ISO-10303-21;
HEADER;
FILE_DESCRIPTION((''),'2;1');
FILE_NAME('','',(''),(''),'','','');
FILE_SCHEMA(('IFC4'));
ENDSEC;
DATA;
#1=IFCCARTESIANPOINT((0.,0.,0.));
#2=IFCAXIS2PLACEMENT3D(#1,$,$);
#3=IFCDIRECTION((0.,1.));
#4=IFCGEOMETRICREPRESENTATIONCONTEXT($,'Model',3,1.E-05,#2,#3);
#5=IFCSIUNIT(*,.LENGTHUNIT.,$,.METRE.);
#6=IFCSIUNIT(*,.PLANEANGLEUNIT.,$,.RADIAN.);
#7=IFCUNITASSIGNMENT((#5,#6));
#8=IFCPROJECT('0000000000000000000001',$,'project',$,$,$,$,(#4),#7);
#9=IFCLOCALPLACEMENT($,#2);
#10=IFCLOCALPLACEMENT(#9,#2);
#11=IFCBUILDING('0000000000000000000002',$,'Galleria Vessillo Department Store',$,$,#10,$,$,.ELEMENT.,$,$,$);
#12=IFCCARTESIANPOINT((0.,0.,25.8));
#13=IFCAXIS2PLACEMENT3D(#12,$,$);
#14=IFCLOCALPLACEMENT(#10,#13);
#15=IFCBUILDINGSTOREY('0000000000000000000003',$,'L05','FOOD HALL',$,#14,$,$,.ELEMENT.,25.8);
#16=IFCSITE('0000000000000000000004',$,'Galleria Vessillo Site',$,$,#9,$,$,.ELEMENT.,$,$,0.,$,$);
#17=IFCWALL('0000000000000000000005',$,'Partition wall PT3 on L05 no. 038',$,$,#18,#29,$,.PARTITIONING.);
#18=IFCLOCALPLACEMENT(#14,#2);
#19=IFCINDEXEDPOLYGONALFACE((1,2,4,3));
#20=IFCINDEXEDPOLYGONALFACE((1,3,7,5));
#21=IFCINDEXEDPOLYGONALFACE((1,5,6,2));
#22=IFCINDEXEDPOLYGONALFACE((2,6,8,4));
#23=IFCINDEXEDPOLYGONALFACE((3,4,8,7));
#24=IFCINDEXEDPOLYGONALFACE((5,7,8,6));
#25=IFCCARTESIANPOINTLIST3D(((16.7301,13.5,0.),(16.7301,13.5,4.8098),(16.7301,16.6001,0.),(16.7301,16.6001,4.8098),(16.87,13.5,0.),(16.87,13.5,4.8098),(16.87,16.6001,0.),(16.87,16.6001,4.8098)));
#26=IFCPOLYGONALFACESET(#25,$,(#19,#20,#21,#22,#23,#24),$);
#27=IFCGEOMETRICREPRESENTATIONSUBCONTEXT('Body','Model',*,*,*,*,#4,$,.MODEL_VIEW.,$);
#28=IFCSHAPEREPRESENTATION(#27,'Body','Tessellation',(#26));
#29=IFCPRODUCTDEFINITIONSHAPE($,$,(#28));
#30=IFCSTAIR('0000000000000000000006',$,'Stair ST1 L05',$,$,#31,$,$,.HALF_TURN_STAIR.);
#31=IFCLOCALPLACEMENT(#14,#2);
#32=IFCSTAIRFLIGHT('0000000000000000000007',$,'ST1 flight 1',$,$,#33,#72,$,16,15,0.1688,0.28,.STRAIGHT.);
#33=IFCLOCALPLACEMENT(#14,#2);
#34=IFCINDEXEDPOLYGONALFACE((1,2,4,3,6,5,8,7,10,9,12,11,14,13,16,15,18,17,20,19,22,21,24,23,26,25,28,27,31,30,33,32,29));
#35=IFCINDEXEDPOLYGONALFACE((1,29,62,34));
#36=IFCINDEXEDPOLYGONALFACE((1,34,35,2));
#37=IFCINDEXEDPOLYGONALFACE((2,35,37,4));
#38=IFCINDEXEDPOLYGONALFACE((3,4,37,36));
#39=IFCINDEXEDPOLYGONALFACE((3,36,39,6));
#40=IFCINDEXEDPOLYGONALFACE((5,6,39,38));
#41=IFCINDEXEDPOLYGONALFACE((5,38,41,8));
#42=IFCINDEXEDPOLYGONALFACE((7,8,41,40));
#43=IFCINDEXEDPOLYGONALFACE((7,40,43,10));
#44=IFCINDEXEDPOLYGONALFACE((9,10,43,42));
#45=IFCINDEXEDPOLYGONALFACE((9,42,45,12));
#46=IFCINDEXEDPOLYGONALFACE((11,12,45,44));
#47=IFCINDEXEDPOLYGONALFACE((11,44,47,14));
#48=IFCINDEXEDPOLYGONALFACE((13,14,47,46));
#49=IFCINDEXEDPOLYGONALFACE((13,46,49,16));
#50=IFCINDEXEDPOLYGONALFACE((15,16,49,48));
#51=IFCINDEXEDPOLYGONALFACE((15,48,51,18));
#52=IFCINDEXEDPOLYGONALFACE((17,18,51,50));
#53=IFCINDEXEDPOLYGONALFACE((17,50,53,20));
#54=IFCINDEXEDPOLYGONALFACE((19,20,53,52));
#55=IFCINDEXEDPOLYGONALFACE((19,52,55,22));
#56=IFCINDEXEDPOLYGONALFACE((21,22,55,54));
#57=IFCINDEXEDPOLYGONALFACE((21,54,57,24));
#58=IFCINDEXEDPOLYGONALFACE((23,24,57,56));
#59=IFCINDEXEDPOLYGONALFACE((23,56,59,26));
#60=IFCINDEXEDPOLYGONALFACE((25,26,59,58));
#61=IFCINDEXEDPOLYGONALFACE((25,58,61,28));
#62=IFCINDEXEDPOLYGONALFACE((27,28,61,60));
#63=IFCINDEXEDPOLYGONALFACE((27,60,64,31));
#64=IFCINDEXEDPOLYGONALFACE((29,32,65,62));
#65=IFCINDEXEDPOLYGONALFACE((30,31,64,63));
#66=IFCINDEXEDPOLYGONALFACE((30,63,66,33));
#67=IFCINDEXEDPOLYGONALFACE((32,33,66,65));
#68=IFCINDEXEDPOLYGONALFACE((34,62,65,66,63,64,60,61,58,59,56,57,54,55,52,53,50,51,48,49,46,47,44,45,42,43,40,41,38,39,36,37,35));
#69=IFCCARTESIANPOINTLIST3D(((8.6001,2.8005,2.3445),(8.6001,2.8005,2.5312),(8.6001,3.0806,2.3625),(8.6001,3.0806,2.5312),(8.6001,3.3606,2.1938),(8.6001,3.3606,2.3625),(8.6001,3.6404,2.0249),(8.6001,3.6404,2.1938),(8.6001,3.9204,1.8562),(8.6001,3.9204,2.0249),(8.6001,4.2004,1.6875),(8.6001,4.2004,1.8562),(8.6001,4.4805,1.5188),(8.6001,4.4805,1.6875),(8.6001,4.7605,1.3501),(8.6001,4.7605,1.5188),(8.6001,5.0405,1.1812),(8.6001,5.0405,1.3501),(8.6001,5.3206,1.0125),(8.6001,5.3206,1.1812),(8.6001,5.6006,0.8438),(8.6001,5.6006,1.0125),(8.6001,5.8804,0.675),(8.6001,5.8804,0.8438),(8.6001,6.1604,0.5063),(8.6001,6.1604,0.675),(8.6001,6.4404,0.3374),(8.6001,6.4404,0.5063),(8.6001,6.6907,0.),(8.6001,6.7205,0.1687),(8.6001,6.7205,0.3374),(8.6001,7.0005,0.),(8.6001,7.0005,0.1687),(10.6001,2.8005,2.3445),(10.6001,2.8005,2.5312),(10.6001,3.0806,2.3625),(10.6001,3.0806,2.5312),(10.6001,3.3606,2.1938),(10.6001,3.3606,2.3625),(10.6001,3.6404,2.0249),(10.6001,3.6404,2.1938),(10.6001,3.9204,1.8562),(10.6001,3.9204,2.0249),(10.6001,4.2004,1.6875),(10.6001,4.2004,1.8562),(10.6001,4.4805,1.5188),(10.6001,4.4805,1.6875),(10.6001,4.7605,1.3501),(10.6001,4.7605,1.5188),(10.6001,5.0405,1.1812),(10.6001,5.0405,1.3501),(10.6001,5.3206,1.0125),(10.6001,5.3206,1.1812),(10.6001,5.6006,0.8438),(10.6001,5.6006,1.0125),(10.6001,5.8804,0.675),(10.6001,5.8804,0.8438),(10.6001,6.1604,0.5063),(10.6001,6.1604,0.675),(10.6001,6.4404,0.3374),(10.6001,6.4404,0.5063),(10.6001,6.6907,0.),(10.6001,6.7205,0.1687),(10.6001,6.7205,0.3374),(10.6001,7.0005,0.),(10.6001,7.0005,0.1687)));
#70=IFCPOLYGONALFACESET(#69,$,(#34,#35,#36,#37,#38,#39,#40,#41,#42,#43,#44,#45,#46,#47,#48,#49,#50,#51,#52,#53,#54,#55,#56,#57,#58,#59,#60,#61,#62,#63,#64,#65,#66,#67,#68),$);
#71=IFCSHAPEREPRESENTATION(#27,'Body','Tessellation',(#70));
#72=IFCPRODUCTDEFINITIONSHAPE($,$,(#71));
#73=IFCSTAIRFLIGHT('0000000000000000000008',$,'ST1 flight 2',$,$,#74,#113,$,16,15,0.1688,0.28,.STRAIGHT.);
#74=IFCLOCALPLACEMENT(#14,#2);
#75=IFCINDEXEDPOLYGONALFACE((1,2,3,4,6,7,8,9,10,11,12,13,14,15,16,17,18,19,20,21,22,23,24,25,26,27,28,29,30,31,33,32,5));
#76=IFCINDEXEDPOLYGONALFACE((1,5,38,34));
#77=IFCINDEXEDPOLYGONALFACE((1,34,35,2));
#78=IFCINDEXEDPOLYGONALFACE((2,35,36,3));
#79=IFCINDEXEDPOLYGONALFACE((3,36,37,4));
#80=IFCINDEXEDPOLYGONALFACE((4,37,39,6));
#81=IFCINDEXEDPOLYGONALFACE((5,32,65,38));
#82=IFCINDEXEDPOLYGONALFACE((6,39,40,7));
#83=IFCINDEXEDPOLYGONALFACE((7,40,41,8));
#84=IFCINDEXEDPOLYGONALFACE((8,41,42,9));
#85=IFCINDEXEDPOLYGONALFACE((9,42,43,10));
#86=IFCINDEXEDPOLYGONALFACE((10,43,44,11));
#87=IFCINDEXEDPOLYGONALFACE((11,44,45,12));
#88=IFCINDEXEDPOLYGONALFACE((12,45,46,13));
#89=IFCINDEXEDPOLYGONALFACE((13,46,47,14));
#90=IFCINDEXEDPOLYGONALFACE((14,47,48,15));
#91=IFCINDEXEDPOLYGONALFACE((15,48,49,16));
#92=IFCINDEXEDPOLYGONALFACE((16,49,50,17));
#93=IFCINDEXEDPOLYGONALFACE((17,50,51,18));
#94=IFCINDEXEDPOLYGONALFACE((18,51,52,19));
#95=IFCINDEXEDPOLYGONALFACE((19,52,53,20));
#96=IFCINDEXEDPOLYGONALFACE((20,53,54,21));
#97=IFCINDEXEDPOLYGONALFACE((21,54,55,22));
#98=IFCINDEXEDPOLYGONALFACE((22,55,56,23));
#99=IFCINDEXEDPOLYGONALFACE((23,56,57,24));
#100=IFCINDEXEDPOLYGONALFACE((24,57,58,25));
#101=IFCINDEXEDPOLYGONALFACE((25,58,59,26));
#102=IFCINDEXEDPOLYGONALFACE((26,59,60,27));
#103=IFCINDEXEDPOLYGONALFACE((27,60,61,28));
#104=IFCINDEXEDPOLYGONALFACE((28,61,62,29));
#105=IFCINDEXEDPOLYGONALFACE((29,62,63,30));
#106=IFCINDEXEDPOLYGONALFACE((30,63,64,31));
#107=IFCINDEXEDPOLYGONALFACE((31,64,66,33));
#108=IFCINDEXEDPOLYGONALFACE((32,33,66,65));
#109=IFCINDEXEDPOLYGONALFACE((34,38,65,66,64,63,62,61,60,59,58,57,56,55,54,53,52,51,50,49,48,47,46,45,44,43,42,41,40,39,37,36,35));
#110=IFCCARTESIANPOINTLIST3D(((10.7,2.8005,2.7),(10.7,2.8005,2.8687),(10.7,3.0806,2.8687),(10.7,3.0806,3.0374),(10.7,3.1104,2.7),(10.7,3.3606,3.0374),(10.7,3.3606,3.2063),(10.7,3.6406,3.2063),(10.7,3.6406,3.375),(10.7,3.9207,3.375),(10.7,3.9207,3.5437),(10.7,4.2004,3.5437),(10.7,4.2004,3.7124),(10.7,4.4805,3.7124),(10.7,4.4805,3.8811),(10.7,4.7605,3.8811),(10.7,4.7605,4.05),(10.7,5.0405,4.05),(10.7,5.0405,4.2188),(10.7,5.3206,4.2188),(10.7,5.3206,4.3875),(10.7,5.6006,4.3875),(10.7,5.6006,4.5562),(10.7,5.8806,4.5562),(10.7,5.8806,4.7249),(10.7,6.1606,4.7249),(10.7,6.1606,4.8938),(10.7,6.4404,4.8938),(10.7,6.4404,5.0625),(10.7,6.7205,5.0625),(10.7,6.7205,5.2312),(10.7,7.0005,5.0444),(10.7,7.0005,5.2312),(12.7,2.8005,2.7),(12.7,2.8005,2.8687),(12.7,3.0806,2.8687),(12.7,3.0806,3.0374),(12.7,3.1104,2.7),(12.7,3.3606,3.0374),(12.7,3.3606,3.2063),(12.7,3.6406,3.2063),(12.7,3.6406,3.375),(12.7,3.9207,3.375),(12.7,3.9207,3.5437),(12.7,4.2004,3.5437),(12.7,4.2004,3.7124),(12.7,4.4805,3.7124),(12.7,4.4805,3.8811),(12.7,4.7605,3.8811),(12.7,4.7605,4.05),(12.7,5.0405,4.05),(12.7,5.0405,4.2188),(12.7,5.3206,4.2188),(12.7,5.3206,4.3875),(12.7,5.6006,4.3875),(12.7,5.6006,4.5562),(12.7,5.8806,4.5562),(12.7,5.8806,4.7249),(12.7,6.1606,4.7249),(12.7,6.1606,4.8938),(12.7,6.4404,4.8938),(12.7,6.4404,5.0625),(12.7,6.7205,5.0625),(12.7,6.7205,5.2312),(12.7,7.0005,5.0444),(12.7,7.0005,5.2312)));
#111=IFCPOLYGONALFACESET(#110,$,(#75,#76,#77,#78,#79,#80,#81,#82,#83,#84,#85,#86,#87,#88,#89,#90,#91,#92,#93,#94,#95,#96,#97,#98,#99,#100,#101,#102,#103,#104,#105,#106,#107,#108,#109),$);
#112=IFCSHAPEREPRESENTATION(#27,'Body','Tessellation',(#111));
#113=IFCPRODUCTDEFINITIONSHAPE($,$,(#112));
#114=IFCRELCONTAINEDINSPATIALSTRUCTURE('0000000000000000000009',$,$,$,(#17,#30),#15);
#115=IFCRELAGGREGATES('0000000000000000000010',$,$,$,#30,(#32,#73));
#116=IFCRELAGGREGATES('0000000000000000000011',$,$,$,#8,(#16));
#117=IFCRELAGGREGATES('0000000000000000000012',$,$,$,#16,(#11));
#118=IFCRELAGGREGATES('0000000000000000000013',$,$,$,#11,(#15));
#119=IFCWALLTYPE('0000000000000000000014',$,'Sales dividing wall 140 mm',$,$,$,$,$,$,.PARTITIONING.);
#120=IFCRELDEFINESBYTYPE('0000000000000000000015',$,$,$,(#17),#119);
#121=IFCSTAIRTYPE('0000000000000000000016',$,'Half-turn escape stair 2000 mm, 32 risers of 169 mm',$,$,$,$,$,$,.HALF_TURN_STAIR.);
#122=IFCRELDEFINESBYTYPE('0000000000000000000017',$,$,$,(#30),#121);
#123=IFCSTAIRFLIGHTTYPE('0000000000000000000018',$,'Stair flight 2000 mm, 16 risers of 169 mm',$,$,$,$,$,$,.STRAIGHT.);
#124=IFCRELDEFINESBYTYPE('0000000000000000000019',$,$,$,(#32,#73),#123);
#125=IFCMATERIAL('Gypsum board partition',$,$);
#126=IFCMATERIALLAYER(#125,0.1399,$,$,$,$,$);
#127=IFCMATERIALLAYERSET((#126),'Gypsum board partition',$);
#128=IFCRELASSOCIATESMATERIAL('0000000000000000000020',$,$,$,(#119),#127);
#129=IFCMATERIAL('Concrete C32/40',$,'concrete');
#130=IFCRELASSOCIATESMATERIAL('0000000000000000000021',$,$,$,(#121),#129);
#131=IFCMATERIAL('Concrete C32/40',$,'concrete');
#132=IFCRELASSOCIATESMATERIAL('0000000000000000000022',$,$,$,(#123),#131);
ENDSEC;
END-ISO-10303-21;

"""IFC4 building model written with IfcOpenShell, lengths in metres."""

from ifc_helpers import new_model, si_unit, direction, frame, frame_2d, origin, place, context, subcontext, project, spatial, polyline, rectangle, outline, extrude, material, layer, layer_set, type_object, element, aggregate, save


model = new_model("IFC4")

# Units and contexts
model_context = context("Model", 3, precision=1e-05, world=origin(), true_north=direction((0.0, 1.0)))
body_context = subcontext(model_context, "Body", "Model", "MODEL_VIEW")
ifc_project = project(units=[si_unit("LENGTHUNIT", "METRE"), si_unit("PLANEANGLEUNIT", "RADIAN")], contexts=[model_context])

# Site, building, storey
site_placement = place(None, origin())
site = spatial("IfcSite", under=ifc_project, at=site_placement, Name="Galleria Vessillo Site", CompositionType="ELEMENT", RefElevation=0.0)
building_placement = place(site_placement, origin())
building = spatial("IfcBuilding", under=site, at=building_placement, Name="Galleria Vessillo Department Store", CompositionType="ELEMENT")
storey_placement = place(building_placement, frame((0.0, 0.0, 25.8)))
storey = spatial("IfcBuildingStorey", under=building, at=storey_placement, Name="L05", Description="FOOD HALL", CompositionType="ELEMENT", Elevation=25.8)

# Wall
ifc_material_1 = material(Name="Gypsum board partition")
ifc_layer_1 = layer(ifc_material_1, 0.1399)
ifc_layer_set_1 = layer_set([ifc_layer_1], Name="Gypsum board partition")
wall_type_1 = type_object("IfcWallType", Name="Sales dividing wall 140 mm", PredefinedType="PARTITIONING", material=ifc_layer_set_1)
for number, where, z_axis, x_axis, name in (
    (1, (16.8, 13.5, 0.0), (0.0, 0.0, 1.0), (0.0, 1.0, 0.0), "Partition wall PT3 on L05 no. 038"),
):
    element("IfcWall", number, at=place(storey_placement, frame(where, z_axis=z_axis, x_axis=x_axis)), inside=storey, type_object=wall_type_1, Name=name, PredefinedType="PARTITIONING", context=body_context, shape_type="SweptSolid", body=[
        extrude(rectangle(XDim=3.1001, YDim=0.1399, at=frame_2d((1.55, 0.0))), origin(), (0.0, 0.0, 1.0), 4.8098),
    ])

# Stair, stair flights
ifc_material_2 = material(Name="Concrete C32/40", Category="concrete")
stair_type = type_object("IfcStairType", Name="Half-turn escape stair 2000 mm, 32 risers of 169 mm", PredefinedType="HALF_TURN_STAIR", material=ifc_material_2)
stair_placement = place(storey_placement, origin())
stair = element("IfcStair", 2, at=stair_placement, inside=storey, type_object=stair_type, Name="Stair ST1 L05", PredefinedType="HALF_TURN_STAIR")
ifc_material_3 = material(Name="Concrete C32/40", Category="concrete")
stair_flight_type = type_object("IfcStairFlightType", Name="Stair flight 2000 mm, 16 risers of 169 mm", PredefinedType="STRAIGHT", material=ifc_material_3)
stair_flight_1_placement = place(storey_placement, frame((9.6001, 7.0005, 0.0), z_axis=(0.0, 0.0, 1.0), x_axis=(0.0, -1.0, 0.0)))
stair_flight_1 = element("IfcStairFlight", 3, at=stair_flight_1_placement, type_object=stair_flight_type, Name="ST1 flight 1", NumberOfRisers=16, NumberOfTreads=15, PredefinedType="STRAIGHT", RiserHeight=0.1688, TreadLength=0.28, context=body_context, shape_type="SweptSolid", body=[
    extrude(outline(polyline([(0.0, 0.0), (0.0, 0.1687), (0.28, 0.1687), (0.28, 0.3374), (0.5601, 0.3374), (0.5601, 0.5063), (0.8401, 0.5063), (0.8401, 0.675), (1.1201, 0.675), (1.1201, 0.8438), (1.3999, 0.8438), (1.3999, 1.0125), (1.6799, 1.0125), (1.6799, 1.1812), (1.96, 1.1812), (1.96, 1.3501), (2.24, 1.3501), (2.24, 1.5188), (2.52, 1.5188), (2.52, 1.6875), (2.8, 1.6875), (2.8, 1.8562), (3.0801, 1.8562), (3.0801, 2.0249), (3.3601, 2.0249), (3.3601, 2.1938), (3.6399, 2.1938), (3.6399, 2.3625), (3.9199, 2.3625), (3.9199, 2.5312), (4.2, 2.5312), (4.2, 2.7), (4.2, 2.3445), (0.3098, 0.0), (0.0, 0.0)])), frame((0.0, 1.0, 0.0), z_axis=(0.0, -1.0, 0.0), x_axis=(1.0, 0.0, 0.0)), (0.0, 0.0, 1.0), 2.0),
])
stair_flight_2_placement = place(storey_placement, frame((11.7, 2.8005, 2.7), z_axis=(0.0, 0.0, 1.0), x_axis=(0.0, 1.0, 0.0)))
stair_flight_2 = element("IfcStairFlight", 4, at=stair_flight_2_placement, type_object=stair_flight_type, Name="ST1 flight 2", NumberOfRisers=16, NumberOfTreads=15, PredefinedType="STRAIGHT", RiserHeight=0.1688, TreadLength=0.28, context=body_context, shape_type="SweptSolid", body=[
    extrude(outline(polyline([(0.0, 0.0), (0.0, 0.1687), (0.28, 0.1687), (0.28, 0.3374), (0.5601, 0.3374), (0.5601, 0.5063), (0.8401, 0.5063), (0.8401, 0.675), (1.1201, 0.675), (1.1201, 0.8438), (1.3999, 0.8438), (1.3999, 1.0125), (1.6799, 1.0125), (1.6799, 1.1812), (1.96, 1.1812), (1.96, 1.3501), (2.24, 1.3501), (2.24, 1.5188), (2.52, 1.5188), (2.52, 1.6875), (2.8, 1.6875), (2.8, 1.8562), (3.0801, 1.8562), (3.0801, 2.0249), (3.3601, 2.0249), (3.3601, 2.1938), (3.6399, 2.1938), (3.6399, 2.3625), (3.9199, 2.3625), (3.9199, 2.5312), (4.2, 2.5312), (4.2, 2.7), (4.2, 2.3445), (0.3098, 0.0), (0.0, 0.0)])), frame((0.0, 1.0, 0.0), z_axis=(0.0, -1.0, 0.0), x_axis=(1.0, 0.0, 0.0)), (0.0, 0.0, 1.0), 2.0),
])
aggregate(stair, [stair_flight_1, stair_flight_2])

save(model, "model.ifc")
